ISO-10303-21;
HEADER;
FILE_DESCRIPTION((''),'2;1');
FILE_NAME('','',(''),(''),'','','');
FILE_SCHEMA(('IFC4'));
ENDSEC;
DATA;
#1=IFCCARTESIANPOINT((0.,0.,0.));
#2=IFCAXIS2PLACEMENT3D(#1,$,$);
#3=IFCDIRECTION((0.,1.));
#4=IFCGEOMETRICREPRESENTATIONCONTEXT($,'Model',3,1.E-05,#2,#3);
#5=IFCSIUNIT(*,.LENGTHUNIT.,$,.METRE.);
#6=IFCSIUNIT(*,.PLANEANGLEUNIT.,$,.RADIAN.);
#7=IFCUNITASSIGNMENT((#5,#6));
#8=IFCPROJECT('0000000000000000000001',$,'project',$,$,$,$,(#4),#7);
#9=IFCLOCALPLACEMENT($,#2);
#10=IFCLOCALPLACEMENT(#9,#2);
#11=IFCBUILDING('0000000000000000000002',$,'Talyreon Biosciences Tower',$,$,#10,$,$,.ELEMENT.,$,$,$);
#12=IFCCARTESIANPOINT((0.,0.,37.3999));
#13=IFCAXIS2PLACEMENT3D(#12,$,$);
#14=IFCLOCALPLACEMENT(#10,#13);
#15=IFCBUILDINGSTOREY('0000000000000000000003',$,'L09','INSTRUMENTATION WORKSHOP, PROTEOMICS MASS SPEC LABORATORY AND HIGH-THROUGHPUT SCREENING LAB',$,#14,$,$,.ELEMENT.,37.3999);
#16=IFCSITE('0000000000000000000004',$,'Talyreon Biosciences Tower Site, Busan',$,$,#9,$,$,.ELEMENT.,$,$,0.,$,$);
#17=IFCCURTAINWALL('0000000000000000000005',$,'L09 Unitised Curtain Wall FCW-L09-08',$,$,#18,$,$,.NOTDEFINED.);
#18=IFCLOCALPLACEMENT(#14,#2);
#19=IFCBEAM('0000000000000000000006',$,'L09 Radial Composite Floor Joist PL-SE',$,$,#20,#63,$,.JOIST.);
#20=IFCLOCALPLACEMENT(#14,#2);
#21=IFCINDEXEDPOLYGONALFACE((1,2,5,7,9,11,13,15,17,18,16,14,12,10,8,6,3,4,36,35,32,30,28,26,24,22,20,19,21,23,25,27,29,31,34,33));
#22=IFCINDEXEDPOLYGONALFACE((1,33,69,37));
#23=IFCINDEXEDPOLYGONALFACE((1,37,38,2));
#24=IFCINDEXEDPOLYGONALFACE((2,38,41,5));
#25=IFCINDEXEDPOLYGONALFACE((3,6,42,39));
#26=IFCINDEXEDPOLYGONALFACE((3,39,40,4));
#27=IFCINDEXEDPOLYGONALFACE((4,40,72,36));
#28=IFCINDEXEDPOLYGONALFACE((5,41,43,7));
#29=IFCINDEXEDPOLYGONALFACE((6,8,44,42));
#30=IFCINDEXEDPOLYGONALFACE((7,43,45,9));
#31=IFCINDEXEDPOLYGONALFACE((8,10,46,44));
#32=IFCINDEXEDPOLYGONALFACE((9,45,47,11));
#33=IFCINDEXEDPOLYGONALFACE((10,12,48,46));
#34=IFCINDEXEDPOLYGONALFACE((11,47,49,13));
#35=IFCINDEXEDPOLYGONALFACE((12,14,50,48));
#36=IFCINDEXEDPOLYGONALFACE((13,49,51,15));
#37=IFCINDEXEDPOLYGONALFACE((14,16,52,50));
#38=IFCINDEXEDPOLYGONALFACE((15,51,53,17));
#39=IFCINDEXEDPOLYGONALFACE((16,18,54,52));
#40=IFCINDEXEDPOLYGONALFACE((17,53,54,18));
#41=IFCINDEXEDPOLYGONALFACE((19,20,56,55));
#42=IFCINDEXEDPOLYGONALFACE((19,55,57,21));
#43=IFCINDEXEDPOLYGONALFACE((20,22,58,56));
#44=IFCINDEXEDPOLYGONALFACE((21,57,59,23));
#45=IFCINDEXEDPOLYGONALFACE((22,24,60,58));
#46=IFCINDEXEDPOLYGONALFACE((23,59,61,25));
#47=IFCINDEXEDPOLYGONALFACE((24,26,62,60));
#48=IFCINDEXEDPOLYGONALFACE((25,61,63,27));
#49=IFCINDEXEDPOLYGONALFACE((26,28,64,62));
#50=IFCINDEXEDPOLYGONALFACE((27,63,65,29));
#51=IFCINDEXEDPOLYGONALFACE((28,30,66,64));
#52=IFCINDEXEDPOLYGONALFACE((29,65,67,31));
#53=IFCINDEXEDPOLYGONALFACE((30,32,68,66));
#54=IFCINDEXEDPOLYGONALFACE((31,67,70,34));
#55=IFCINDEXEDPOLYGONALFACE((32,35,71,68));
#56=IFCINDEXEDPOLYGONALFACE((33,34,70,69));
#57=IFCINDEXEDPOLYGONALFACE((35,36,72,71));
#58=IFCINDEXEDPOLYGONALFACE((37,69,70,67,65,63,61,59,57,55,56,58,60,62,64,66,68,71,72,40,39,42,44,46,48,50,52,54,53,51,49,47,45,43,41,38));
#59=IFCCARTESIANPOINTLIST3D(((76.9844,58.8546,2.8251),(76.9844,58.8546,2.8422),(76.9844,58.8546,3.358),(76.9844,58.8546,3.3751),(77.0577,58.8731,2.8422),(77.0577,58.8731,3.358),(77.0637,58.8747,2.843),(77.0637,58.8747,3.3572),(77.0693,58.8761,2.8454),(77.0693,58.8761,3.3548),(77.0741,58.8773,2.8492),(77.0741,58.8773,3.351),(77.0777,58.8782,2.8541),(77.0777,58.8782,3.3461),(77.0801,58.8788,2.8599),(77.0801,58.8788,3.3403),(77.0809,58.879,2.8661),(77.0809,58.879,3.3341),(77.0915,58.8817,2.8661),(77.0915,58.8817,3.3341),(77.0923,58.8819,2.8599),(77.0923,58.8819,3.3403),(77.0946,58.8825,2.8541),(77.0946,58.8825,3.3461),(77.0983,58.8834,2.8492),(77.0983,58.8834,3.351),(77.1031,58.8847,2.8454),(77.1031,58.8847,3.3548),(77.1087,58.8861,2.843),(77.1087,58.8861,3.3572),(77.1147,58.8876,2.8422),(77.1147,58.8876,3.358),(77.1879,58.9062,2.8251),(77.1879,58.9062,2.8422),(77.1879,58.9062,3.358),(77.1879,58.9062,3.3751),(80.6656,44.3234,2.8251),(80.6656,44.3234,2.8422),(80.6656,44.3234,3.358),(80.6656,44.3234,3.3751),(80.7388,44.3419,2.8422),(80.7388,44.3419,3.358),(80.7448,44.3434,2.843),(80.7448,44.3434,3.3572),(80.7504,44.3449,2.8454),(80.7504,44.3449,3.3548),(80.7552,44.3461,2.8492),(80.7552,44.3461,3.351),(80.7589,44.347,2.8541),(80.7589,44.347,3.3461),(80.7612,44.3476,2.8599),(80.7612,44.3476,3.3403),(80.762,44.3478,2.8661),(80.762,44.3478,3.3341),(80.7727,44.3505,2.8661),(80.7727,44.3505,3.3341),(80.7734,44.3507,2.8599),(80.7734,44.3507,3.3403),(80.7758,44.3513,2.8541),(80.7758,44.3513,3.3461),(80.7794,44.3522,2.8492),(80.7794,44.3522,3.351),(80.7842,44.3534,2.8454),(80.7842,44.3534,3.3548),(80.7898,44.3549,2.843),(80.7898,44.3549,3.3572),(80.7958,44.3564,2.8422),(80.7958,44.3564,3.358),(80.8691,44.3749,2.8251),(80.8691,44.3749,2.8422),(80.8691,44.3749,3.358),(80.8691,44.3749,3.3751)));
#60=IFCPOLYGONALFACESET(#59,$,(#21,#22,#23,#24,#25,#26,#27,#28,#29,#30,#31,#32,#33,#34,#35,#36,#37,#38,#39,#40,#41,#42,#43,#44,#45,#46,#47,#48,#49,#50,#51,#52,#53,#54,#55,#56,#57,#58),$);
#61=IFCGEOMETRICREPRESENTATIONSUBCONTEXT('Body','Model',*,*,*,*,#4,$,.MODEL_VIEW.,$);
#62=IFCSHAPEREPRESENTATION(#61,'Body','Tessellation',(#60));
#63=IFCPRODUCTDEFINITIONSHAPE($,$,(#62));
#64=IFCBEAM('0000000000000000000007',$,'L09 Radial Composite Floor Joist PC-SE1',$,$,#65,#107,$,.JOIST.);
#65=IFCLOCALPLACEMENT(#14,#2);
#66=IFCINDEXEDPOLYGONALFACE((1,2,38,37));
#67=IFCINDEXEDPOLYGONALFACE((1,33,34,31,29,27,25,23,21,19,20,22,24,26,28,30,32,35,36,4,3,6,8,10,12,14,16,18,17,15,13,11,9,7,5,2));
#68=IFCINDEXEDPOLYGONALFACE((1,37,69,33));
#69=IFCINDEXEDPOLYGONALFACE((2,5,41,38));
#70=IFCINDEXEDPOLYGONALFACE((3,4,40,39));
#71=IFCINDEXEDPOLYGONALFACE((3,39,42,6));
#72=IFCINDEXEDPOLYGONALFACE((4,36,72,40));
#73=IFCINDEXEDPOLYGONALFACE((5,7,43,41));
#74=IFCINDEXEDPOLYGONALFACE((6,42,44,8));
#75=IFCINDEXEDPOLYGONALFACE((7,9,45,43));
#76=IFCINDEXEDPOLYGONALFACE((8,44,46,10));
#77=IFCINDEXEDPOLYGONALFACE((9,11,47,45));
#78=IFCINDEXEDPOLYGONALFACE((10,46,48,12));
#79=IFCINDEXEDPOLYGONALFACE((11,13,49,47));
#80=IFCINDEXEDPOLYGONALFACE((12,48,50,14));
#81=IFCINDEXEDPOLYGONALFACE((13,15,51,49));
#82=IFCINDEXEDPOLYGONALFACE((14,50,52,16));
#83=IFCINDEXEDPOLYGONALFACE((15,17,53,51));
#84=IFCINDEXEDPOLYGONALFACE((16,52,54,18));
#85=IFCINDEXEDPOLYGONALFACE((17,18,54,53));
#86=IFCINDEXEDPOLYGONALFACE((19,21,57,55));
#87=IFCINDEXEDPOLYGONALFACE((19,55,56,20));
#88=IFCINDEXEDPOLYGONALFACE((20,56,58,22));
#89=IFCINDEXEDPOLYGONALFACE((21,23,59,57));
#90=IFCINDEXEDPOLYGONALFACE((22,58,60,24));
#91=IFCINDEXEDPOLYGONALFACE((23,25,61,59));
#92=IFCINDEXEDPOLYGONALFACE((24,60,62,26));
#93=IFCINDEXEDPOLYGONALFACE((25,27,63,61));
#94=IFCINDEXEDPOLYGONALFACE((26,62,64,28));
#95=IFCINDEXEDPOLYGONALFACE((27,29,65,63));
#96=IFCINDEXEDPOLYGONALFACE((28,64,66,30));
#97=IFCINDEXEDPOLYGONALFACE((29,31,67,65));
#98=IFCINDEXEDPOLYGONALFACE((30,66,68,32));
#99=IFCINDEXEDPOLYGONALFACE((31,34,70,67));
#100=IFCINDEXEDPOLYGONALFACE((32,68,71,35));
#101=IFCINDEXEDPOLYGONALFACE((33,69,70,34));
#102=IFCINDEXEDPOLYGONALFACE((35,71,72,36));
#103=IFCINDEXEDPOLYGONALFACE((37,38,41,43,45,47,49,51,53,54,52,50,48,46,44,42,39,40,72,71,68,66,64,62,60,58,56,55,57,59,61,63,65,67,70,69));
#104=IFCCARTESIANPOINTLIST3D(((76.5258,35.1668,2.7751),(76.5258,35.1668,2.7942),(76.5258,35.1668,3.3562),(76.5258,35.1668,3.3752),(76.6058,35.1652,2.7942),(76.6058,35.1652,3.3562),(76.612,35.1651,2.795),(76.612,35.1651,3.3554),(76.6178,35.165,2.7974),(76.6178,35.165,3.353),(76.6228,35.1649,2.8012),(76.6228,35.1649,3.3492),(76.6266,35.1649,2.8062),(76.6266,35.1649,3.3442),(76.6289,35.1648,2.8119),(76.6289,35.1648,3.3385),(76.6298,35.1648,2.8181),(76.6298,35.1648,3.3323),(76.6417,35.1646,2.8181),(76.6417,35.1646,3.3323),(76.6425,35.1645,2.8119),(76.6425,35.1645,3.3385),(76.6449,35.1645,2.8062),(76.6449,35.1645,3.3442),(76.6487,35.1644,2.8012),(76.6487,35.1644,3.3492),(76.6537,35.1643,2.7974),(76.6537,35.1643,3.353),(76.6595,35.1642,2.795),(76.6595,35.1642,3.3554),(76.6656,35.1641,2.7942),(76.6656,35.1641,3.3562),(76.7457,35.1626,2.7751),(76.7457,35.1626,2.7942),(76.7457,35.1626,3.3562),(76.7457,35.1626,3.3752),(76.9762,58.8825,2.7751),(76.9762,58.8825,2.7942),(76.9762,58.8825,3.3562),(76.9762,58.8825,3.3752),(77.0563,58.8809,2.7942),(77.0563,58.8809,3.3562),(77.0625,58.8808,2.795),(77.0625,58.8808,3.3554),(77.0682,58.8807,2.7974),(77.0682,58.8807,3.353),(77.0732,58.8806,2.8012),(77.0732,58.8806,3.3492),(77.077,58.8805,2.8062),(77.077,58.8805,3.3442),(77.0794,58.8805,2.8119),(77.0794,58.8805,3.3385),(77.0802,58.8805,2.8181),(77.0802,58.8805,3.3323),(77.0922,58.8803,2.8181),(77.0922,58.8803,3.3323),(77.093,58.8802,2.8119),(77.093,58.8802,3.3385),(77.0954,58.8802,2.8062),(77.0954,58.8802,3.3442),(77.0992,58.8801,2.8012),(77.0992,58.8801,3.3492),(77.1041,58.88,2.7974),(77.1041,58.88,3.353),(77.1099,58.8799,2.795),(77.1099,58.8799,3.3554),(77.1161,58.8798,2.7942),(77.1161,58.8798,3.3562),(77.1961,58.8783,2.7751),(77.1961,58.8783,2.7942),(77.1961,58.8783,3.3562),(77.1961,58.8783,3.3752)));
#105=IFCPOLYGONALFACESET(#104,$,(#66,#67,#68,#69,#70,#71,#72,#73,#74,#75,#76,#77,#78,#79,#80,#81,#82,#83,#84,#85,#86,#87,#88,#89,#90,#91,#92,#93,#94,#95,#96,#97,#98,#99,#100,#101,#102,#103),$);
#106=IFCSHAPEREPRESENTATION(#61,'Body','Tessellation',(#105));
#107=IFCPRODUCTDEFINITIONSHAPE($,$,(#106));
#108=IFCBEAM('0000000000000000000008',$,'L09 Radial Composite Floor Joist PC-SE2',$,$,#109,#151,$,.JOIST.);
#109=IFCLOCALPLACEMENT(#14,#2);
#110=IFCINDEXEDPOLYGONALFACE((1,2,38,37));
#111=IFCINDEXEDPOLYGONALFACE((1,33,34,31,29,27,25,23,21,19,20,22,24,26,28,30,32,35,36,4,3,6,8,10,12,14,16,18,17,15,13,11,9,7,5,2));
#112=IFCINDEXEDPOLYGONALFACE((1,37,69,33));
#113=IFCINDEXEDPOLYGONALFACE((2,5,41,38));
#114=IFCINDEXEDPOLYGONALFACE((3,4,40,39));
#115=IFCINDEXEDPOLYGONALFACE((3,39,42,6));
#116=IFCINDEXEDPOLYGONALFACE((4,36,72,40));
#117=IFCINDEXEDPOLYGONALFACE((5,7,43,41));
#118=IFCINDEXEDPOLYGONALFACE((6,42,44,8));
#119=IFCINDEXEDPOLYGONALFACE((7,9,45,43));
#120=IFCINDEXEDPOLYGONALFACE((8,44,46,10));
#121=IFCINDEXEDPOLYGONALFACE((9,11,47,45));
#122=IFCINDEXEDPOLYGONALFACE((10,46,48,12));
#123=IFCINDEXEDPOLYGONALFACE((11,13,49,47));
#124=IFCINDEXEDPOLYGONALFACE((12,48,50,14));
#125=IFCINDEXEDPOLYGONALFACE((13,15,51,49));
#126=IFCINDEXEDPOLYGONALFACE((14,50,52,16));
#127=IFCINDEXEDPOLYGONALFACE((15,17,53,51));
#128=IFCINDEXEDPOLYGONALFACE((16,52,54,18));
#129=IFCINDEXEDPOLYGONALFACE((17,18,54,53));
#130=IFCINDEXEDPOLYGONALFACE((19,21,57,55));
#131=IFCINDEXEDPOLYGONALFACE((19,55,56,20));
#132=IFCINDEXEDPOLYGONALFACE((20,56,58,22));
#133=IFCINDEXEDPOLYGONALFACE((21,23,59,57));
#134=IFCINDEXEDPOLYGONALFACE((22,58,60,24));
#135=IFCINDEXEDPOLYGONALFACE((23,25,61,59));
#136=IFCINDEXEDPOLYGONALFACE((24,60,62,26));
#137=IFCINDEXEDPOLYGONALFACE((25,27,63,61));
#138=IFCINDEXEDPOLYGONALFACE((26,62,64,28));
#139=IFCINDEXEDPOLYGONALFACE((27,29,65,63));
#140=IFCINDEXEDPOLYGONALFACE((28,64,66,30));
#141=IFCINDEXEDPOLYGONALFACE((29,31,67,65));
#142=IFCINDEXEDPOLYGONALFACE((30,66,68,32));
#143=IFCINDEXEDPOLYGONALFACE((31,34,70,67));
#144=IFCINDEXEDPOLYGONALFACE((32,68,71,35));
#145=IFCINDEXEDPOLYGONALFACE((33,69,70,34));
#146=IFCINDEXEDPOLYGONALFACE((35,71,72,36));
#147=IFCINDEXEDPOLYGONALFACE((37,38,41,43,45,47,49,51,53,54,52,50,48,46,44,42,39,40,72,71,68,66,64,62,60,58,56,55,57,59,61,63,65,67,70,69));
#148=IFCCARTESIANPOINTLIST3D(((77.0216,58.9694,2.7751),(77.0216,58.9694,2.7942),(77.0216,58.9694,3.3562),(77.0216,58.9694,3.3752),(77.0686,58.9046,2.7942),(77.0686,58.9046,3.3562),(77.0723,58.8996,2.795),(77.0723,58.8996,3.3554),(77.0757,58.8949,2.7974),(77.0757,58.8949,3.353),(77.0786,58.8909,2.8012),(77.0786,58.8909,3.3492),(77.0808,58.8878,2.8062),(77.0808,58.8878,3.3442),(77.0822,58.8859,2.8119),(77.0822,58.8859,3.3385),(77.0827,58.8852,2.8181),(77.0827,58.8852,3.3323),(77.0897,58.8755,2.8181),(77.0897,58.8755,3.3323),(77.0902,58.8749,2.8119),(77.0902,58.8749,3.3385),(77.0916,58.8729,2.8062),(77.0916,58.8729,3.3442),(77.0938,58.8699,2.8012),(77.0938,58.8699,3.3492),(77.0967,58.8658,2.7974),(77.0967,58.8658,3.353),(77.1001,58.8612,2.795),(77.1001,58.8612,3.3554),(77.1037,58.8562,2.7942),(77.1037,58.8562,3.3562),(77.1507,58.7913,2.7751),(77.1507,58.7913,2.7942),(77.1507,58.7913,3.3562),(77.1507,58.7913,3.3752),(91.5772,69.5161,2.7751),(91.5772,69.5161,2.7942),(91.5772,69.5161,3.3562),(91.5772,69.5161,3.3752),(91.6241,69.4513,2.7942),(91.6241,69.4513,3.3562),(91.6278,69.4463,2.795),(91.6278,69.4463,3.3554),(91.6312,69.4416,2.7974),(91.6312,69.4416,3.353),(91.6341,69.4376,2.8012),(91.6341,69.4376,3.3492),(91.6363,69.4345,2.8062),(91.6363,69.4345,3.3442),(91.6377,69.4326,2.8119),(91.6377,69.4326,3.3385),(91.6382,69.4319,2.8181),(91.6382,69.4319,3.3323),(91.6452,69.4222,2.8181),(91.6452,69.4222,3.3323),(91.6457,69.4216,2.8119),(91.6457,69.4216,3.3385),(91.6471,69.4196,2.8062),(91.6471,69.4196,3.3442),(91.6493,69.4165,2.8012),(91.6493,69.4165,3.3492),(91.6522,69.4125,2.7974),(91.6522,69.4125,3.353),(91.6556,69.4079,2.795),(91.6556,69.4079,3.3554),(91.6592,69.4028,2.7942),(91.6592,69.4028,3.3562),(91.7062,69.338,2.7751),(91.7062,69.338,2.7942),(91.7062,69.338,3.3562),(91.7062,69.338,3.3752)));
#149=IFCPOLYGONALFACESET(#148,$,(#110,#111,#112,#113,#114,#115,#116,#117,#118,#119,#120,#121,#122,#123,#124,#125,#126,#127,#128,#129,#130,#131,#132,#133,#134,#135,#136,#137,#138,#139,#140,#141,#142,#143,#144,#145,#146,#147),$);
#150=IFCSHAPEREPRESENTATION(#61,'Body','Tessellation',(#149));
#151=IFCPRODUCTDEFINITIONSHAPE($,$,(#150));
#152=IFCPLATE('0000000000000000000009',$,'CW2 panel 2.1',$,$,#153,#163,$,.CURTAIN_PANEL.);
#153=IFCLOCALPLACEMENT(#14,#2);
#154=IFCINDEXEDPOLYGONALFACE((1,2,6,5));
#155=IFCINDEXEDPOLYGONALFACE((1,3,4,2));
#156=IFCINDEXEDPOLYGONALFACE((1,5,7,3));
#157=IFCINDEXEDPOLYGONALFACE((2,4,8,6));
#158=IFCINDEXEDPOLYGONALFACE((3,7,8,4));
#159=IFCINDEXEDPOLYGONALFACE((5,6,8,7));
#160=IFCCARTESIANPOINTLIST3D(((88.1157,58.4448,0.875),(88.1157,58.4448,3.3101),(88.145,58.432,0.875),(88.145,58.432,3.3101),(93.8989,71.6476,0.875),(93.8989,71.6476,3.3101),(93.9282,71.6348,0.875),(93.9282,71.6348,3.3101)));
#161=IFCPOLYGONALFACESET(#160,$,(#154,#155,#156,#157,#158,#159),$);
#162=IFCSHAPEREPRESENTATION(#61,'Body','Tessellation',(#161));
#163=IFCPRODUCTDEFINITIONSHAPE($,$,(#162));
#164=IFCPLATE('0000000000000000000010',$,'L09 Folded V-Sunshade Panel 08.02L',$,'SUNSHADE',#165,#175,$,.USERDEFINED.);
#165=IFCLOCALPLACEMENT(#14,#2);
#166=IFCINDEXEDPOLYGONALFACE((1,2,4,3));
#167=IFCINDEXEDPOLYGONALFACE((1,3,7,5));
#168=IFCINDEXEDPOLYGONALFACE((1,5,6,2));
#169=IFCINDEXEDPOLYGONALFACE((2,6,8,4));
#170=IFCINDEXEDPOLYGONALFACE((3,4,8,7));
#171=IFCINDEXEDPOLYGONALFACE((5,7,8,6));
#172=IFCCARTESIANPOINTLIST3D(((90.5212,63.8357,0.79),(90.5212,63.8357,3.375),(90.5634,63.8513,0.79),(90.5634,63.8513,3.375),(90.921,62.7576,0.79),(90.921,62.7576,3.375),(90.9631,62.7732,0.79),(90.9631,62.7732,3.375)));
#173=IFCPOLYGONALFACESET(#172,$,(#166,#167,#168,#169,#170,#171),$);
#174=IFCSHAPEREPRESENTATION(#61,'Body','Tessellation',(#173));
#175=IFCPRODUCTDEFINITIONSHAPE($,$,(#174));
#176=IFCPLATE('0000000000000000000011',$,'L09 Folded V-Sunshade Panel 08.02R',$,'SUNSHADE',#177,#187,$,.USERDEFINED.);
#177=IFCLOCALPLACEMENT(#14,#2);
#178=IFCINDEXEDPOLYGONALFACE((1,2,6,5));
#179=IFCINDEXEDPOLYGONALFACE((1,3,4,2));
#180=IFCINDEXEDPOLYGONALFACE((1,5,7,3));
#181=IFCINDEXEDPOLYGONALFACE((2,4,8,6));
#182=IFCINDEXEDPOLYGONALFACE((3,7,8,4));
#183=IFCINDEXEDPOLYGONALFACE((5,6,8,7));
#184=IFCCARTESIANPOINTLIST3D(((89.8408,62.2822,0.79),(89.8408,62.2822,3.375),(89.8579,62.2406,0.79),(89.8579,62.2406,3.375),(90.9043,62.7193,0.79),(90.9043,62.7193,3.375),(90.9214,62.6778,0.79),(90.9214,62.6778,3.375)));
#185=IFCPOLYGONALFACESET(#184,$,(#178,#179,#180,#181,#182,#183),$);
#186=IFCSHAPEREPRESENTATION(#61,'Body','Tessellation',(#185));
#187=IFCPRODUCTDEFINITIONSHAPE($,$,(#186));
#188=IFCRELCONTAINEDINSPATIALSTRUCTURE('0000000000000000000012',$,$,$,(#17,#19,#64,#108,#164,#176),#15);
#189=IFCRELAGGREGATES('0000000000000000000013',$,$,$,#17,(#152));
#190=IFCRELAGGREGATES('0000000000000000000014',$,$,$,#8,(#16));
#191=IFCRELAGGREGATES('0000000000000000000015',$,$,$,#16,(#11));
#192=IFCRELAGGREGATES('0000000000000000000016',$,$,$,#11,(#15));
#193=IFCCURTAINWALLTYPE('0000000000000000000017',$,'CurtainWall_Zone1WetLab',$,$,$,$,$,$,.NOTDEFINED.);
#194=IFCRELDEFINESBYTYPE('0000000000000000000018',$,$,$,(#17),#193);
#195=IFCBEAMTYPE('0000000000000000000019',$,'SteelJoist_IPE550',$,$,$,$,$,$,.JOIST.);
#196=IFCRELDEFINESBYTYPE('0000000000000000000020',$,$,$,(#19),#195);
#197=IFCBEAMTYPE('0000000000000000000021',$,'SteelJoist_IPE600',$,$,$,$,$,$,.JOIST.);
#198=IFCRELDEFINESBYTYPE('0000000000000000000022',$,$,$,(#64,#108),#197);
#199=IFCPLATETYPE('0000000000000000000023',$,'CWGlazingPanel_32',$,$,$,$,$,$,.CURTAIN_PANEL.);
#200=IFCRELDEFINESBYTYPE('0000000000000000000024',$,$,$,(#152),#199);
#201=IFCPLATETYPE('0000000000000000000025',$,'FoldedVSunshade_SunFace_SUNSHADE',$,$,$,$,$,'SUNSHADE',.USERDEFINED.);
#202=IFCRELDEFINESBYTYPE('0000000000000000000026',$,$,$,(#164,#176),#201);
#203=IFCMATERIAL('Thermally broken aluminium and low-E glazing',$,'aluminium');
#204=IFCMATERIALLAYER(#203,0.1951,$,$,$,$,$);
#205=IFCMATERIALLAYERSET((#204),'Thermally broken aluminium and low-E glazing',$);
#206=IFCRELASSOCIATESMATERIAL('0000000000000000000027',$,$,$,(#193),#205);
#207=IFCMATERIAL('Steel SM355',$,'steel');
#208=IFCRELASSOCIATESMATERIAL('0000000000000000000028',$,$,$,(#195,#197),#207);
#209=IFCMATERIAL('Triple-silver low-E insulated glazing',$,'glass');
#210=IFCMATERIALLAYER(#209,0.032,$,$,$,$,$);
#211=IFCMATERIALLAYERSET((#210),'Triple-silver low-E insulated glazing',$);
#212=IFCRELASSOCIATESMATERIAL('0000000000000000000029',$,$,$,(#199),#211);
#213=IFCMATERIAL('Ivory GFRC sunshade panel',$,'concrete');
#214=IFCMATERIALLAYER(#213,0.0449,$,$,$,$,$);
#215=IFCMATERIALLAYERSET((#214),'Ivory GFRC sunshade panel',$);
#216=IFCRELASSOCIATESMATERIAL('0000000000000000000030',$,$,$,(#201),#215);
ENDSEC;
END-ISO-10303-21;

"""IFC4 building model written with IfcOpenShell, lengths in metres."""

from ifc_helpers import new_model, si_unit, direction, frame, origin, origin_2d, place, context, subcontext, project, spatial, rectangle, i_section, extrude, material, layer, layer_set, material_profile, profile_set, type_object, element, aggregate, save


model = new_model("IFC4")

# Units and contexts
model_context = context("Model", 3, precision=1e-05, world=origin(), true_north=direction((0.0, 1.0)))
body_context = subcontext(model_context, "Body", "Model", "MODEL_VIEW")
ifc_project = project(units=[si_unit("LENGTHUNIT", "METRE"), si_unit("PLANEANGLEUNIT", "RADIAN")], contexts=[model_context])

# Site, building, storey
site_placement = place(None, origin())
site = spatial("IfcSite", under=ifc_project, at=site_placement, Name="Talyreon Biosciences Tower Site, Busan", CompositionType="ELEMENT", RefElevation=0.0)
building_placement = place(site_placement, origin())
building = spatial("IfcBuilding", under=site, at=building_placement, Name="Talyreon Biosciences Tower", CompositionType="ELEMENT")
storey_placement = place(building_placement, frame((0.0, 0.0, 37.3999)))
storey = spatial("IfcBuildingStorey", under=building, at=storey_placement, Name="L09", Description="INSTRUMENTATION WORKSHOP, PROTEOMICS MASS SPEC LABORATORY AND HIGH-THROUGHPUT SCREENING LAB", CompositionType="ELEMENT", Elevation=37.3999)

# Curtain wall
ifc_material_1 = material(Name="Thermally broken aluminium and low-E glazing", Category="aluminium")
ifc_layer_1 = layer(ifc_material_1, 0.1951)
ifc_layer_set_1 = layer_set([ifc_layer_1], Name="Thermally broken aluminium and low-E glazing")
curtain_wall_type = type_object("IfcCurtainWallType", Name="CurtainWall_Zone1WetLab", PredefinedType="NOTDEFINED", material=ifc_layer_set_1)
curtain_wall_placement = place(storey_placement, origin())
curtain_wall = element("IfcCurtainWall", 1, at=curtain_wall_placement, inside=storey, type_object=curtain_wall_type, Name="L09 Unitised Curtain Wall FCW-L09-08", PredefinedType="NOTDEFINED")

# Beams
ifc_material_2 = material(Name="Steel SM355", Category="steel")
ifc_material_profile_1 = material_profile(ifc_material_2, i_section(OverallWidth=0.21, OverallDepth=0.55, WebThickness=0.011, FlangeThickness=0.0171, FilletRadius=0.0239, at=origin_2d()), Name="IPE550")
ifc_profile_set_1 = profile_set([ifc_material_profile_1], Name="Steel SM355")
beam_type_1 = type_object("IfcBeamType", Name="SteelJoist_IPE550", PredefinedType="JOIST", material=ifc_profile_set_1)
beam_1_placement = place(storey_placement, frame((77.0862, 58.8804, 3.1001), z_axis=(0.245569, -0.969379, 0.0), x_axis=(0.969379, 0.245569, 0.0)))
element("IfcBeam", 2, at=beam_1_placement, inside=storey, type_object=beam_type_1, Name="L09 Radial Composite Floor Joist PL-SE", PredefinedType="JOIST", context=body_context, shape_type="SweptSolid", body=[
    extrude(i_section(OverallWidth=0.21, OverallDepth=0.55, WebThickness=0.011, FlangeThickness=0.0171, FilletRadius=0.0239, at=origin_2d()), origin(), (0.0, 0.0, 1.0), 14.9902),
])
ifc_material_profile_2 = material_profile(ifc_material_2, i_section(OverallWidth=0.22, OverallDepth=0.6001, WebThickness=0.012, FlangeThickness=0.019, FilletRadius=0.0239, at=origin_2d()), Name="IPE600")
ifc_profile_set_2 = profile_set([ifc_material_profile_2], Name="Steel SM355")
beam_type_2 = type_object("IfcBeamType", Name="SteelJoist_IPE600", PredefinedType="JOIST", material=ifc_profile_set_2)
beam_2_placement = place(storey_placement, frame((77.0862, 58.8804, 3.0752), z_axis=(-0.01899, -0.99982, 0.0), x_axis=(0.99982, -0.01899, 0.0)))
element("IfcBeam", 3, at=beam_2_placement, inside=storey, type_object=beam_type_2, Name="L09 Radial Composite Floor Joist PC-SE1", PredefinedType="JOIST", context=body_context, shape_type="SweptSolid", body=[
    extrude(i_section(OverallWidth=0.22, OverallDepth=0.6001, WebThickness=0.012, FlangeThickness=0.019, FilletRadius=0.0239, at=origin_2d()), origin(), (0.0, 0.0, 1.0), 23.72),
])
beam_3_placement = place(storey_placement, frame((77.0862, 58.8804, 3.0752), z_axis=(0.80977, 0.586747, 0.0), x_axis=(-0.586747, 0.80977, 0.0)))
element("IfcBeam", 4, at=beam_3_placement, inside=storey, type_object=beam_type_2, Name="L09 Radial Composite Floor Joist PC-SE2", PredefinedType="JOIST", context=body_context, shape_type="SweptSolid", body=[
    extrude(i_section(OverallWidth=0.22, OverallDepth=0.6001, WebThickness=0.012, FlangeThickness=0.019, FilletRadius=0.0239, at=origin_2d()), origin(), (0.0, 0.0, 1.0), 17.9749),
])

# Plate
ifc_material_3 = material(Name="Triple-silver low-E insulated glazing", Category="glass")
ifc_layer_2 = layer(ifc_material_3, 0.032)
ifc_layer_set_2 = layer_set([ifc_layer_2], Name="Triple-silver low-E insulated glazing")
plate_type_1 = type_object("IfcPlateType", Name="CWGlazingPanel_32", PredefinedType="CURTAIN_PANEL", material=ifc_layer_set_2)
plate_placement = place(storey_placement, frame((91.022, 65.0398, 0.875), z_axis=(0.0, 0.0, 1.0), x_axis=(-0.401223, -0.91598, 0.0)))
plate = element("IfcPlate", 5, at=plate_placement, type_object=plate_type_1, Name="CW2 panel 2.1", PredefinedType="CURTAIN_PANEL", context=body_context, shape_type="SweptSolid", body=[
    extrude(rectangle(XDim=14.4138, YDim=0.032, at=origin_2d()), origin(), (0.0, 0.0, 1.0), 2.4351),
])
aggregate(curtain_wall, [plate])

# Plates
ifc_material_4 = material(Name="Ivory GFRC sunshade panel", Category="concrete")
ifc_layer_3 = layer(ifc_material_4, 0.0449)
ifc_layer_set_3 = layer_set([ifc_layer_3], Name="Ivory GFRC sunshade panel")
plate_type_2 = type_object("IfcPlateType", Name="FoldedVSunshade_SunFace_SUNSHADE", ElementType="SUNSHADE", PredefinedType="USERDEFINED", material=ifc_layer_set_3)
for number, where, z_axis, x_axis, name in (
    (6, (90.7422, 63.3044, 0.79), (0.0, 0.0, 1.0), (0.347672, -0.937616, 0.0), "L09 Folded V-Sunshade Panel 08.02L"),
    (7, (90.3811, 62.48, 0.79), (0.0, 0.0, 1.0), (-0.924911, -0.380183, 0.0), "L09 Folded V-Sunshade Panel 08.02R"),
):
    element("IfcPlate", number, at=place(storey_placement, frame(where, z_axis=z_axis, x_axis=x_axis)), inside=storey, type_object=plate_type_2, Name=name, ObjectType="SUNSHADE", PredefinedType="USERDEFINED", context=body_context, shape_type="SweptSolid", body=[
        extrude(rectangle(XDim=1.1499, YDim=0.0449, at=origin_2d()), origin(), (0.0, 0.0, 1.0), 2.585),
    ])

save(model, "model.ifc")
